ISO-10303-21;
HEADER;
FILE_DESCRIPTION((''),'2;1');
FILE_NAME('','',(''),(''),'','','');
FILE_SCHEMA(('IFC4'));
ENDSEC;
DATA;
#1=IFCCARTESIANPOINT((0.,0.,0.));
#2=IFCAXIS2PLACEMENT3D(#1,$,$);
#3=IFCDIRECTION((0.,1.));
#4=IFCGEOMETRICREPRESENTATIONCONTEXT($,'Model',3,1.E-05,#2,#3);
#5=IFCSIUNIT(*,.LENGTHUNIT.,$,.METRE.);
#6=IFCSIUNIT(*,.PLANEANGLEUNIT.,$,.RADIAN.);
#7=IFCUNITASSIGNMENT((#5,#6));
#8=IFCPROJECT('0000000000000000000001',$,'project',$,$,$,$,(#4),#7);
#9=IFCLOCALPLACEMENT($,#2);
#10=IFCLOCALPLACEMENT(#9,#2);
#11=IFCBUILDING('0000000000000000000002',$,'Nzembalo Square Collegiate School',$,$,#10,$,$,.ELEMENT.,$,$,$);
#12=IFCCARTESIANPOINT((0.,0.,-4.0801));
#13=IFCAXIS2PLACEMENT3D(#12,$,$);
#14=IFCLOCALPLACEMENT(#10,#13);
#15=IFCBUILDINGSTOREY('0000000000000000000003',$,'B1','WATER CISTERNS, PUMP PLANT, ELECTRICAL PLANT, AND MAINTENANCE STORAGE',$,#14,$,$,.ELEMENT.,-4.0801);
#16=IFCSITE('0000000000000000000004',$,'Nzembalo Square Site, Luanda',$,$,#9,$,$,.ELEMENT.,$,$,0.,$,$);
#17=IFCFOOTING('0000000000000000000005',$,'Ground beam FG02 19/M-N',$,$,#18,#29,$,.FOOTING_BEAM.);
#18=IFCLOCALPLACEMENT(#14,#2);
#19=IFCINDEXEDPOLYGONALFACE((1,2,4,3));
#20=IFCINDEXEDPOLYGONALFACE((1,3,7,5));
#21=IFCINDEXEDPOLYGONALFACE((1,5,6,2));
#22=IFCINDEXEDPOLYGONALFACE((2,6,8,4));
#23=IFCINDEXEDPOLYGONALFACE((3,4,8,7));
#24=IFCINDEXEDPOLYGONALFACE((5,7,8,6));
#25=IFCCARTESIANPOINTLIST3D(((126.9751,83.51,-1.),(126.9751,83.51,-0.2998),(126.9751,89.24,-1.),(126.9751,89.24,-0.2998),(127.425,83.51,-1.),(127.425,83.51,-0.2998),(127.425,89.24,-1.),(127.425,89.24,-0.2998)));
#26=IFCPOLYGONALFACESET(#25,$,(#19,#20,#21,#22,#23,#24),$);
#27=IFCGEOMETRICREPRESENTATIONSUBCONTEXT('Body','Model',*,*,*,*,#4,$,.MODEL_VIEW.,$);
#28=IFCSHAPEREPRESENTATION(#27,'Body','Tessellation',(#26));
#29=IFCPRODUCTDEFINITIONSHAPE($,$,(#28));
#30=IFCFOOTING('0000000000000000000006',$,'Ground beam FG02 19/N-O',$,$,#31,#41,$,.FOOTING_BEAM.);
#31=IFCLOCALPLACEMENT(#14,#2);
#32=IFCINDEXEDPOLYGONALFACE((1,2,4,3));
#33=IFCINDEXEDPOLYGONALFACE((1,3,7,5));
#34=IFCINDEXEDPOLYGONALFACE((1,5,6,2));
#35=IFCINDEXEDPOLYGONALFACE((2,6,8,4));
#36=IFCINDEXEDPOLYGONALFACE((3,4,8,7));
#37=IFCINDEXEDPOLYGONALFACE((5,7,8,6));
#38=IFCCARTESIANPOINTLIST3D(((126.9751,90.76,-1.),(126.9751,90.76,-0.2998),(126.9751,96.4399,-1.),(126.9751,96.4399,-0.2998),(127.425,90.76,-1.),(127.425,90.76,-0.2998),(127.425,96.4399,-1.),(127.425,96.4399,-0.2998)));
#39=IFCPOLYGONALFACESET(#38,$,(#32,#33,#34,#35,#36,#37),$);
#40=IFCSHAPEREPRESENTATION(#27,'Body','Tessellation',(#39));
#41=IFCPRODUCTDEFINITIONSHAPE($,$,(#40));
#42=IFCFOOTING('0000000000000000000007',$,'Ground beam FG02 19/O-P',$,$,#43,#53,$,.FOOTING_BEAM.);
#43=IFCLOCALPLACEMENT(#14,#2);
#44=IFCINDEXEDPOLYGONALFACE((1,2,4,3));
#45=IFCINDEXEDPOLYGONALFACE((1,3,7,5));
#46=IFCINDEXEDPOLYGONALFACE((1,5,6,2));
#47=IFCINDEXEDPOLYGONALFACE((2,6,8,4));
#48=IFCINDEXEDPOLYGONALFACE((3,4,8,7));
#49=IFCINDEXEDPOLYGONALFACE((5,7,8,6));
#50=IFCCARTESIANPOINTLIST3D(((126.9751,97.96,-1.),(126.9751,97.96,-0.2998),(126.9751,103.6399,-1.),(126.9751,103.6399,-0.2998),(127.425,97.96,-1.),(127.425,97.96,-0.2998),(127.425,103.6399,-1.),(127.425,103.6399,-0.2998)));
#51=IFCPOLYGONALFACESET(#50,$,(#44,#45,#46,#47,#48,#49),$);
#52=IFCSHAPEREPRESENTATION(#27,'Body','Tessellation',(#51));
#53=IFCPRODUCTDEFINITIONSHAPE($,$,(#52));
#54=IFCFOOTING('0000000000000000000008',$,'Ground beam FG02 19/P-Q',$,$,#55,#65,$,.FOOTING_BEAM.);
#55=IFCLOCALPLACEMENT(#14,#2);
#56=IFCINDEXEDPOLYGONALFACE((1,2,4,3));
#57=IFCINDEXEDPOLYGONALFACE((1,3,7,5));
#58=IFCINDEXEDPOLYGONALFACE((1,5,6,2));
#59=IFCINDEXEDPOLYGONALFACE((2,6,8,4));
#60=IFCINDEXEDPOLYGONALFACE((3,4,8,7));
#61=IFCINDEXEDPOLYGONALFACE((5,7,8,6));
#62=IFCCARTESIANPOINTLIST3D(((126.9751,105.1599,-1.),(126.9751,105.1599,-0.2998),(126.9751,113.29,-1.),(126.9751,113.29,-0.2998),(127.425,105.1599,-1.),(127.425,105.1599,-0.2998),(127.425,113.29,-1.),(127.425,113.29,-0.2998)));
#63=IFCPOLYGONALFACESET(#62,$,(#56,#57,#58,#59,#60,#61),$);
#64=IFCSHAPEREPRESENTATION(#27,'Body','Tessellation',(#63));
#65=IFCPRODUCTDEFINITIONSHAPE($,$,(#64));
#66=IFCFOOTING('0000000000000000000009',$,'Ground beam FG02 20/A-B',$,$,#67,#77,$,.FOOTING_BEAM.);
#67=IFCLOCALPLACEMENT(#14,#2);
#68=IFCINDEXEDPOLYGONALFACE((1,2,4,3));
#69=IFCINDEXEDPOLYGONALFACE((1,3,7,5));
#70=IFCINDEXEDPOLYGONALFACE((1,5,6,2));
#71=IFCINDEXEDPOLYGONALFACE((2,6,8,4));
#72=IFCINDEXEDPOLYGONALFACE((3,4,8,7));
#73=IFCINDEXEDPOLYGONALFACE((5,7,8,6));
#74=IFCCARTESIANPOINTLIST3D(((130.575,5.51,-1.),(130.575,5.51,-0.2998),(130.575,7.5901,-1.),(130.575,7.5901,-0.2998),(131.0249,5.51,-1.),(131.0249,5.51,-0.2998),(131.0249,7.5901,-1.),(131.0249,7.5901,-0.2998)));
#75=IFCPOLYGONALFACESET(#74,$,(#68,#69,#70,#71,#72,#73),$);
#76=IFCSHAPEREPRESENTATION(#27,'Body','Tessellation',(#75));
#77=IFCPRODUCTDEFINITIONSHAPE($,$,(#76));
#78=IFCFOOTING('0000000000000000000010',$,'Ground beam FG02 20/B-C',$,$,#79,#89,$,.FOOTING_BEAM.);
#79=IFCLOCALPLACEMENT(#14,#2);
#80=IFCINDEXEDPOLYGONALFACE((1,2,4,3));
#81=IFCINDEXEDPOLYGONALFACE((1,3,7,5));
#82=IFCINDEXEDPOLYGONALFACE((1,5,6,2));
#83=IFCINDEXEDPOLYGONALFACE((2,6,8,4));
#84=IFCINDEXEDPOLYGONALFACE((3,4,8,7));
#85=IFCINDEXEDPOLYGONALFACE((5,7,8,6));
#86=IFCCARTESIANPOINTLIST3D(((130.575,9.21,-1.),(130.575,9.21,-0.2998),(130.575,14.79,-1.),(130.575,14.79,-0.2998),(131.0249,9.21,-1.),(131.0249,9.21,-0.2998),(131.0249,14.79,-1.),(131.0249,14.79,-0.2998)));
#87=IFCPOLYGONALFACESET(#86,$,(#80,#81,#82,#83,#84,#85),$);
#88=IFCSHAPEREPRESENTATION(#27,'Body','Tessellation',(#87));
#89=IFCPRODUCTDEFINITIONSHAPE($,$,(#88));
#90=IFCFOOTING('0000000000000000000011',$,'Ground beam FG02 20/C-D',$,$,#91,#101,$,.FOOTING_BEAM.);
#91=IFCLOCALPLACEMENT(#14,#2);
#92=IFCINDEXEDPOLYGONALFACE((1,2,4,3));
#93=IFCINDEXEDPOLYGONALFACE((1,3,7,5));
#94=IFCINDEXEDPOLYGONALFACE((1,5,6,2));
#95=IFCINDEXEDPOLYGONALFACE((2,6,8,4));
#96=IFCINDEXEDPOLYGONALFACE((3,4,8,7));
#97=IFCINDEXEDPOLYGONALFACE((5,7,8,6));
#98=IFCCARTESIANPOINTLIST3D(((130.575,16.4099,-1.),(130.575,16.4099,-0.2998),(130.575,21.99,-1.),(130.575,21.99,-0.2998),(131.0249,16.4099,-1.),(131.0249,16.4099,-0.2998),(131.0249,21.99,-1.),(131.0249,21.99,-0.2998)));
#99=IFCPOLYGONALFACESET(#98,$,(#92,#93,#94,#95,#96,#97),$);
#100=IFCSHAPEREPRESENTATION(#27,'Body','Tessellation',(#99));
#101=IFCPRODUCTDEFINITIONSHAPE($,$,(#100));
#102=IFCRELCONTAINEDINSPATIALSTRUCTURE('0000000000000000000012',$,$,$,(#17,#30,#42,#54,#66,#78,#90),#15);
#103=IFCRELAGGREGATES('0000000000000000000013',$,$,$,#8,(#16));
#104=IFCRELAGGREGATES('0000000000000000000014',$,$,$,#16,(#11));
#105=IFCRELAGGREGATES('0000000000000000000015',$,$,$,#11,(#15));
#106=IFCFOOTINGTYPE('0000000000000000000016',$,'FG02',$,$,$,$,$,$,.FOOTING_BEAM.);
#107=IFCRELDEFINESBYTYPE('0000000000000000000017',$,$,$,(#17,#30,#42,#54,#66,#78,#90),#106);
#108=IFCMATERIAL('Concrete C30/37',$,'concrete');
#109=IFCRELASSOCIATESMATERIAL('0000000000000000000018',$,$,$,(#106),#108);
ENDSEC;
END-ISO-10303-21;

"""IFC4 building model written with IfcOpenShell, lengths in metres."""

from ifc_helpers import new_model, si_unit, direction, frame, origin, place, context, subcontext, project, spatial, polyline, outline, extrude, material, type_object, element, save


model = new_model("IFC4")

# Units and contexts
model_context = context("Model", 3, precision=1e-05, world=origin(), true_north=direction((0.0, 1.0)))
body_context = subcontext(model_context, "Body", "Model", "MODEL_VIEW")
ifc_project = project(units=[si_unit("LENGTHUNIT", "METRE"), si_unit("PLANEANGLEUNIT", "RADIAN")], contexts=[model_context])

# Site, building, storey
site_placement = place(None, origin())
site = spatial("IfcSite", under=ifc_project, at=site_placement, Name="Nzembalo Square Site, Luanda", CompositionType="ELEMENT", RefElevation=0.0)
building_placement = place(site_placement, origin())
building = spatial("IfcBuilding", under=site, at=building_placement, Name="Nzembalo Square Collegiate School", CompositionType="ELEMENT")
storey_placement = place(building_placement, frame((0.0, 0.0, -4.0801)))
storey = spatial("IfcBuildingStorey", under=building, at=storey_placement, Name="B1", Description="WATER CISTERNS, PUMP PLANT, ELECTRICAL PLANT, AND MAINTENANCE STORAGE", CompositionType="ELEMENT", Elevation=-4.0801)

# Footings
ifc_material = material(Name="Concrete C30/37", Category="concrete")
footing_type = type_object("IfcFootingType", Name="FG02", PredefinedType="FOOTING_BEAM", material=ifc_material)
footing_1_placement = place(storey_placement, frame((0.0, 0.0, -1.0)))
element("IfcFooting", 1, at=footing_1_placement, inside=storey, type_object=footing_type, Name="Ground beam FG02 19/M-N", PredefinedType="FOOTING_BEAM", context=body_context, shape_type="SweptSolid", body=[
    extrude(outline(polyline([(126.9751, 83.51), (127.425, 83.51), (127.425, 89.24), (126.9751, 89.24), (126.9751, 83.51)])), origin(), (0.0, 0.0, 1.0), 0.7002),
])
footing_2_placement = place(storey_placement, frame((0.0, 0.0, -1.0)))
element("IfcFooting", 2, at=footing_2_placement, inside=storey, type_object=footing_type, Name="Ground beam FG02 19/N-O", PredefinedType="FOOTING_BEAM", context=body_context, shape_type="SweptSolid", body=[
    extrude(outline(polyline([(126.9751, 90.76), (127.425, 90.76), (127.425, 96.4399), (126.9751, 96.4399), (126.9751, 90.76)])), origin(), (0.0, 0.0, 1.0), 0.7002),
])
footing_3_placement = place(storey_placement, frame((0.0, 0.0, -1.0)))
element("IfcFooting", 3, at=footing_3_placement, inside=storey, type_object=footing_type, Name="Ground beam FG02 19/O-P", PredefinedType="FOOTING_BEAM", context=body_context, shape_type="SweptSolid", body=[
    extrude(outline(polyline([(126.9751, 97.96), (127.425, 97.96), (127.425, 103.6399), (126.9751, 103.6399), (126.9751, 97.96)])), origin(), (0.0, 0.0, 1.0), 0.7002),
])
footing_4_placement = place(storey_placement, frame((0.0, 0.0, -1.0)))
element("IfcFooting", 4, at=footing_4_placement, inside=storey, type_object=footing_type, Name="Ground beam FG02 19/P-Q", PredefinedType="FOOTING_BEAM", context=body_context, shape_type="SweptSolid", body=[
    extrude(outline(polyline([(126.9751, 105.1599), (127.425, 105.1599), (127.425, 113.29), (126.9751, 113.29), (126.9751, 105.1599)])), origin(), (0.0, 0.0, 1.0), 0.7002),
])
footing_5_placement = place(storey_placement, frame((0.0, 0.0, -1.0)))
element("IfcFooting", 5, at=footing_5_placement, inside=storey, type_object=footing_type, Name="Ground beam FG02 20/A-B", PredefinedType="FOOTING_BEAM", context=body_context, shape_type="SweptSolid", body=[
    extrude(outline(polyline([(130.575, 5.51), (131.0249, 5.51), (131.0249, 7.5901), (130.575, 7.5901), (130.575, 5.51)])), origin(), (0.0, 0.0, 1.0), 0.7002),
])
footing_6_placement = place(storey_placement, frame((0.0, 0.0, -1.0)))
element("IfcFooting", 6, at=footing_6_placement, inside=storey, type_object=footing_type, Name="Ground beam FG02 20/B-C", PredefinedType="FOOTING_BEAM", context=body_context, shape_type="SweptSolid", body=[
    extrude(outline(polyline([(130.575, 9.21), (131.0249, 9.21), (131.0249, 14.79), (130.575, 14.79), (130.575, 9.21)])), origin(), (0.0, 0.0, 1.0), 0.7002),
])
footing_7_placement = place(storey_placement, frame((0.0, 0.0, -1.0)))
element("IfcFooting", 7, at=footing_7_placement, inside=storey, type_object=footing_type, Name="Ground beam FG02 20/C-D", PredefinedType="FOOTING_BEAM", context=body_context, shape_type="SweptSolid", body=[
    extrude(outline(polyline([(130.575, 16.4099), (131.0249, 16.4099), (131.0249, 21.99), (130.575, 21.99), (130.575, 16.4099)])), origin(), (0.0, 0.0, 1.0), 0.7002),
])

save(model, "model.ifc")
